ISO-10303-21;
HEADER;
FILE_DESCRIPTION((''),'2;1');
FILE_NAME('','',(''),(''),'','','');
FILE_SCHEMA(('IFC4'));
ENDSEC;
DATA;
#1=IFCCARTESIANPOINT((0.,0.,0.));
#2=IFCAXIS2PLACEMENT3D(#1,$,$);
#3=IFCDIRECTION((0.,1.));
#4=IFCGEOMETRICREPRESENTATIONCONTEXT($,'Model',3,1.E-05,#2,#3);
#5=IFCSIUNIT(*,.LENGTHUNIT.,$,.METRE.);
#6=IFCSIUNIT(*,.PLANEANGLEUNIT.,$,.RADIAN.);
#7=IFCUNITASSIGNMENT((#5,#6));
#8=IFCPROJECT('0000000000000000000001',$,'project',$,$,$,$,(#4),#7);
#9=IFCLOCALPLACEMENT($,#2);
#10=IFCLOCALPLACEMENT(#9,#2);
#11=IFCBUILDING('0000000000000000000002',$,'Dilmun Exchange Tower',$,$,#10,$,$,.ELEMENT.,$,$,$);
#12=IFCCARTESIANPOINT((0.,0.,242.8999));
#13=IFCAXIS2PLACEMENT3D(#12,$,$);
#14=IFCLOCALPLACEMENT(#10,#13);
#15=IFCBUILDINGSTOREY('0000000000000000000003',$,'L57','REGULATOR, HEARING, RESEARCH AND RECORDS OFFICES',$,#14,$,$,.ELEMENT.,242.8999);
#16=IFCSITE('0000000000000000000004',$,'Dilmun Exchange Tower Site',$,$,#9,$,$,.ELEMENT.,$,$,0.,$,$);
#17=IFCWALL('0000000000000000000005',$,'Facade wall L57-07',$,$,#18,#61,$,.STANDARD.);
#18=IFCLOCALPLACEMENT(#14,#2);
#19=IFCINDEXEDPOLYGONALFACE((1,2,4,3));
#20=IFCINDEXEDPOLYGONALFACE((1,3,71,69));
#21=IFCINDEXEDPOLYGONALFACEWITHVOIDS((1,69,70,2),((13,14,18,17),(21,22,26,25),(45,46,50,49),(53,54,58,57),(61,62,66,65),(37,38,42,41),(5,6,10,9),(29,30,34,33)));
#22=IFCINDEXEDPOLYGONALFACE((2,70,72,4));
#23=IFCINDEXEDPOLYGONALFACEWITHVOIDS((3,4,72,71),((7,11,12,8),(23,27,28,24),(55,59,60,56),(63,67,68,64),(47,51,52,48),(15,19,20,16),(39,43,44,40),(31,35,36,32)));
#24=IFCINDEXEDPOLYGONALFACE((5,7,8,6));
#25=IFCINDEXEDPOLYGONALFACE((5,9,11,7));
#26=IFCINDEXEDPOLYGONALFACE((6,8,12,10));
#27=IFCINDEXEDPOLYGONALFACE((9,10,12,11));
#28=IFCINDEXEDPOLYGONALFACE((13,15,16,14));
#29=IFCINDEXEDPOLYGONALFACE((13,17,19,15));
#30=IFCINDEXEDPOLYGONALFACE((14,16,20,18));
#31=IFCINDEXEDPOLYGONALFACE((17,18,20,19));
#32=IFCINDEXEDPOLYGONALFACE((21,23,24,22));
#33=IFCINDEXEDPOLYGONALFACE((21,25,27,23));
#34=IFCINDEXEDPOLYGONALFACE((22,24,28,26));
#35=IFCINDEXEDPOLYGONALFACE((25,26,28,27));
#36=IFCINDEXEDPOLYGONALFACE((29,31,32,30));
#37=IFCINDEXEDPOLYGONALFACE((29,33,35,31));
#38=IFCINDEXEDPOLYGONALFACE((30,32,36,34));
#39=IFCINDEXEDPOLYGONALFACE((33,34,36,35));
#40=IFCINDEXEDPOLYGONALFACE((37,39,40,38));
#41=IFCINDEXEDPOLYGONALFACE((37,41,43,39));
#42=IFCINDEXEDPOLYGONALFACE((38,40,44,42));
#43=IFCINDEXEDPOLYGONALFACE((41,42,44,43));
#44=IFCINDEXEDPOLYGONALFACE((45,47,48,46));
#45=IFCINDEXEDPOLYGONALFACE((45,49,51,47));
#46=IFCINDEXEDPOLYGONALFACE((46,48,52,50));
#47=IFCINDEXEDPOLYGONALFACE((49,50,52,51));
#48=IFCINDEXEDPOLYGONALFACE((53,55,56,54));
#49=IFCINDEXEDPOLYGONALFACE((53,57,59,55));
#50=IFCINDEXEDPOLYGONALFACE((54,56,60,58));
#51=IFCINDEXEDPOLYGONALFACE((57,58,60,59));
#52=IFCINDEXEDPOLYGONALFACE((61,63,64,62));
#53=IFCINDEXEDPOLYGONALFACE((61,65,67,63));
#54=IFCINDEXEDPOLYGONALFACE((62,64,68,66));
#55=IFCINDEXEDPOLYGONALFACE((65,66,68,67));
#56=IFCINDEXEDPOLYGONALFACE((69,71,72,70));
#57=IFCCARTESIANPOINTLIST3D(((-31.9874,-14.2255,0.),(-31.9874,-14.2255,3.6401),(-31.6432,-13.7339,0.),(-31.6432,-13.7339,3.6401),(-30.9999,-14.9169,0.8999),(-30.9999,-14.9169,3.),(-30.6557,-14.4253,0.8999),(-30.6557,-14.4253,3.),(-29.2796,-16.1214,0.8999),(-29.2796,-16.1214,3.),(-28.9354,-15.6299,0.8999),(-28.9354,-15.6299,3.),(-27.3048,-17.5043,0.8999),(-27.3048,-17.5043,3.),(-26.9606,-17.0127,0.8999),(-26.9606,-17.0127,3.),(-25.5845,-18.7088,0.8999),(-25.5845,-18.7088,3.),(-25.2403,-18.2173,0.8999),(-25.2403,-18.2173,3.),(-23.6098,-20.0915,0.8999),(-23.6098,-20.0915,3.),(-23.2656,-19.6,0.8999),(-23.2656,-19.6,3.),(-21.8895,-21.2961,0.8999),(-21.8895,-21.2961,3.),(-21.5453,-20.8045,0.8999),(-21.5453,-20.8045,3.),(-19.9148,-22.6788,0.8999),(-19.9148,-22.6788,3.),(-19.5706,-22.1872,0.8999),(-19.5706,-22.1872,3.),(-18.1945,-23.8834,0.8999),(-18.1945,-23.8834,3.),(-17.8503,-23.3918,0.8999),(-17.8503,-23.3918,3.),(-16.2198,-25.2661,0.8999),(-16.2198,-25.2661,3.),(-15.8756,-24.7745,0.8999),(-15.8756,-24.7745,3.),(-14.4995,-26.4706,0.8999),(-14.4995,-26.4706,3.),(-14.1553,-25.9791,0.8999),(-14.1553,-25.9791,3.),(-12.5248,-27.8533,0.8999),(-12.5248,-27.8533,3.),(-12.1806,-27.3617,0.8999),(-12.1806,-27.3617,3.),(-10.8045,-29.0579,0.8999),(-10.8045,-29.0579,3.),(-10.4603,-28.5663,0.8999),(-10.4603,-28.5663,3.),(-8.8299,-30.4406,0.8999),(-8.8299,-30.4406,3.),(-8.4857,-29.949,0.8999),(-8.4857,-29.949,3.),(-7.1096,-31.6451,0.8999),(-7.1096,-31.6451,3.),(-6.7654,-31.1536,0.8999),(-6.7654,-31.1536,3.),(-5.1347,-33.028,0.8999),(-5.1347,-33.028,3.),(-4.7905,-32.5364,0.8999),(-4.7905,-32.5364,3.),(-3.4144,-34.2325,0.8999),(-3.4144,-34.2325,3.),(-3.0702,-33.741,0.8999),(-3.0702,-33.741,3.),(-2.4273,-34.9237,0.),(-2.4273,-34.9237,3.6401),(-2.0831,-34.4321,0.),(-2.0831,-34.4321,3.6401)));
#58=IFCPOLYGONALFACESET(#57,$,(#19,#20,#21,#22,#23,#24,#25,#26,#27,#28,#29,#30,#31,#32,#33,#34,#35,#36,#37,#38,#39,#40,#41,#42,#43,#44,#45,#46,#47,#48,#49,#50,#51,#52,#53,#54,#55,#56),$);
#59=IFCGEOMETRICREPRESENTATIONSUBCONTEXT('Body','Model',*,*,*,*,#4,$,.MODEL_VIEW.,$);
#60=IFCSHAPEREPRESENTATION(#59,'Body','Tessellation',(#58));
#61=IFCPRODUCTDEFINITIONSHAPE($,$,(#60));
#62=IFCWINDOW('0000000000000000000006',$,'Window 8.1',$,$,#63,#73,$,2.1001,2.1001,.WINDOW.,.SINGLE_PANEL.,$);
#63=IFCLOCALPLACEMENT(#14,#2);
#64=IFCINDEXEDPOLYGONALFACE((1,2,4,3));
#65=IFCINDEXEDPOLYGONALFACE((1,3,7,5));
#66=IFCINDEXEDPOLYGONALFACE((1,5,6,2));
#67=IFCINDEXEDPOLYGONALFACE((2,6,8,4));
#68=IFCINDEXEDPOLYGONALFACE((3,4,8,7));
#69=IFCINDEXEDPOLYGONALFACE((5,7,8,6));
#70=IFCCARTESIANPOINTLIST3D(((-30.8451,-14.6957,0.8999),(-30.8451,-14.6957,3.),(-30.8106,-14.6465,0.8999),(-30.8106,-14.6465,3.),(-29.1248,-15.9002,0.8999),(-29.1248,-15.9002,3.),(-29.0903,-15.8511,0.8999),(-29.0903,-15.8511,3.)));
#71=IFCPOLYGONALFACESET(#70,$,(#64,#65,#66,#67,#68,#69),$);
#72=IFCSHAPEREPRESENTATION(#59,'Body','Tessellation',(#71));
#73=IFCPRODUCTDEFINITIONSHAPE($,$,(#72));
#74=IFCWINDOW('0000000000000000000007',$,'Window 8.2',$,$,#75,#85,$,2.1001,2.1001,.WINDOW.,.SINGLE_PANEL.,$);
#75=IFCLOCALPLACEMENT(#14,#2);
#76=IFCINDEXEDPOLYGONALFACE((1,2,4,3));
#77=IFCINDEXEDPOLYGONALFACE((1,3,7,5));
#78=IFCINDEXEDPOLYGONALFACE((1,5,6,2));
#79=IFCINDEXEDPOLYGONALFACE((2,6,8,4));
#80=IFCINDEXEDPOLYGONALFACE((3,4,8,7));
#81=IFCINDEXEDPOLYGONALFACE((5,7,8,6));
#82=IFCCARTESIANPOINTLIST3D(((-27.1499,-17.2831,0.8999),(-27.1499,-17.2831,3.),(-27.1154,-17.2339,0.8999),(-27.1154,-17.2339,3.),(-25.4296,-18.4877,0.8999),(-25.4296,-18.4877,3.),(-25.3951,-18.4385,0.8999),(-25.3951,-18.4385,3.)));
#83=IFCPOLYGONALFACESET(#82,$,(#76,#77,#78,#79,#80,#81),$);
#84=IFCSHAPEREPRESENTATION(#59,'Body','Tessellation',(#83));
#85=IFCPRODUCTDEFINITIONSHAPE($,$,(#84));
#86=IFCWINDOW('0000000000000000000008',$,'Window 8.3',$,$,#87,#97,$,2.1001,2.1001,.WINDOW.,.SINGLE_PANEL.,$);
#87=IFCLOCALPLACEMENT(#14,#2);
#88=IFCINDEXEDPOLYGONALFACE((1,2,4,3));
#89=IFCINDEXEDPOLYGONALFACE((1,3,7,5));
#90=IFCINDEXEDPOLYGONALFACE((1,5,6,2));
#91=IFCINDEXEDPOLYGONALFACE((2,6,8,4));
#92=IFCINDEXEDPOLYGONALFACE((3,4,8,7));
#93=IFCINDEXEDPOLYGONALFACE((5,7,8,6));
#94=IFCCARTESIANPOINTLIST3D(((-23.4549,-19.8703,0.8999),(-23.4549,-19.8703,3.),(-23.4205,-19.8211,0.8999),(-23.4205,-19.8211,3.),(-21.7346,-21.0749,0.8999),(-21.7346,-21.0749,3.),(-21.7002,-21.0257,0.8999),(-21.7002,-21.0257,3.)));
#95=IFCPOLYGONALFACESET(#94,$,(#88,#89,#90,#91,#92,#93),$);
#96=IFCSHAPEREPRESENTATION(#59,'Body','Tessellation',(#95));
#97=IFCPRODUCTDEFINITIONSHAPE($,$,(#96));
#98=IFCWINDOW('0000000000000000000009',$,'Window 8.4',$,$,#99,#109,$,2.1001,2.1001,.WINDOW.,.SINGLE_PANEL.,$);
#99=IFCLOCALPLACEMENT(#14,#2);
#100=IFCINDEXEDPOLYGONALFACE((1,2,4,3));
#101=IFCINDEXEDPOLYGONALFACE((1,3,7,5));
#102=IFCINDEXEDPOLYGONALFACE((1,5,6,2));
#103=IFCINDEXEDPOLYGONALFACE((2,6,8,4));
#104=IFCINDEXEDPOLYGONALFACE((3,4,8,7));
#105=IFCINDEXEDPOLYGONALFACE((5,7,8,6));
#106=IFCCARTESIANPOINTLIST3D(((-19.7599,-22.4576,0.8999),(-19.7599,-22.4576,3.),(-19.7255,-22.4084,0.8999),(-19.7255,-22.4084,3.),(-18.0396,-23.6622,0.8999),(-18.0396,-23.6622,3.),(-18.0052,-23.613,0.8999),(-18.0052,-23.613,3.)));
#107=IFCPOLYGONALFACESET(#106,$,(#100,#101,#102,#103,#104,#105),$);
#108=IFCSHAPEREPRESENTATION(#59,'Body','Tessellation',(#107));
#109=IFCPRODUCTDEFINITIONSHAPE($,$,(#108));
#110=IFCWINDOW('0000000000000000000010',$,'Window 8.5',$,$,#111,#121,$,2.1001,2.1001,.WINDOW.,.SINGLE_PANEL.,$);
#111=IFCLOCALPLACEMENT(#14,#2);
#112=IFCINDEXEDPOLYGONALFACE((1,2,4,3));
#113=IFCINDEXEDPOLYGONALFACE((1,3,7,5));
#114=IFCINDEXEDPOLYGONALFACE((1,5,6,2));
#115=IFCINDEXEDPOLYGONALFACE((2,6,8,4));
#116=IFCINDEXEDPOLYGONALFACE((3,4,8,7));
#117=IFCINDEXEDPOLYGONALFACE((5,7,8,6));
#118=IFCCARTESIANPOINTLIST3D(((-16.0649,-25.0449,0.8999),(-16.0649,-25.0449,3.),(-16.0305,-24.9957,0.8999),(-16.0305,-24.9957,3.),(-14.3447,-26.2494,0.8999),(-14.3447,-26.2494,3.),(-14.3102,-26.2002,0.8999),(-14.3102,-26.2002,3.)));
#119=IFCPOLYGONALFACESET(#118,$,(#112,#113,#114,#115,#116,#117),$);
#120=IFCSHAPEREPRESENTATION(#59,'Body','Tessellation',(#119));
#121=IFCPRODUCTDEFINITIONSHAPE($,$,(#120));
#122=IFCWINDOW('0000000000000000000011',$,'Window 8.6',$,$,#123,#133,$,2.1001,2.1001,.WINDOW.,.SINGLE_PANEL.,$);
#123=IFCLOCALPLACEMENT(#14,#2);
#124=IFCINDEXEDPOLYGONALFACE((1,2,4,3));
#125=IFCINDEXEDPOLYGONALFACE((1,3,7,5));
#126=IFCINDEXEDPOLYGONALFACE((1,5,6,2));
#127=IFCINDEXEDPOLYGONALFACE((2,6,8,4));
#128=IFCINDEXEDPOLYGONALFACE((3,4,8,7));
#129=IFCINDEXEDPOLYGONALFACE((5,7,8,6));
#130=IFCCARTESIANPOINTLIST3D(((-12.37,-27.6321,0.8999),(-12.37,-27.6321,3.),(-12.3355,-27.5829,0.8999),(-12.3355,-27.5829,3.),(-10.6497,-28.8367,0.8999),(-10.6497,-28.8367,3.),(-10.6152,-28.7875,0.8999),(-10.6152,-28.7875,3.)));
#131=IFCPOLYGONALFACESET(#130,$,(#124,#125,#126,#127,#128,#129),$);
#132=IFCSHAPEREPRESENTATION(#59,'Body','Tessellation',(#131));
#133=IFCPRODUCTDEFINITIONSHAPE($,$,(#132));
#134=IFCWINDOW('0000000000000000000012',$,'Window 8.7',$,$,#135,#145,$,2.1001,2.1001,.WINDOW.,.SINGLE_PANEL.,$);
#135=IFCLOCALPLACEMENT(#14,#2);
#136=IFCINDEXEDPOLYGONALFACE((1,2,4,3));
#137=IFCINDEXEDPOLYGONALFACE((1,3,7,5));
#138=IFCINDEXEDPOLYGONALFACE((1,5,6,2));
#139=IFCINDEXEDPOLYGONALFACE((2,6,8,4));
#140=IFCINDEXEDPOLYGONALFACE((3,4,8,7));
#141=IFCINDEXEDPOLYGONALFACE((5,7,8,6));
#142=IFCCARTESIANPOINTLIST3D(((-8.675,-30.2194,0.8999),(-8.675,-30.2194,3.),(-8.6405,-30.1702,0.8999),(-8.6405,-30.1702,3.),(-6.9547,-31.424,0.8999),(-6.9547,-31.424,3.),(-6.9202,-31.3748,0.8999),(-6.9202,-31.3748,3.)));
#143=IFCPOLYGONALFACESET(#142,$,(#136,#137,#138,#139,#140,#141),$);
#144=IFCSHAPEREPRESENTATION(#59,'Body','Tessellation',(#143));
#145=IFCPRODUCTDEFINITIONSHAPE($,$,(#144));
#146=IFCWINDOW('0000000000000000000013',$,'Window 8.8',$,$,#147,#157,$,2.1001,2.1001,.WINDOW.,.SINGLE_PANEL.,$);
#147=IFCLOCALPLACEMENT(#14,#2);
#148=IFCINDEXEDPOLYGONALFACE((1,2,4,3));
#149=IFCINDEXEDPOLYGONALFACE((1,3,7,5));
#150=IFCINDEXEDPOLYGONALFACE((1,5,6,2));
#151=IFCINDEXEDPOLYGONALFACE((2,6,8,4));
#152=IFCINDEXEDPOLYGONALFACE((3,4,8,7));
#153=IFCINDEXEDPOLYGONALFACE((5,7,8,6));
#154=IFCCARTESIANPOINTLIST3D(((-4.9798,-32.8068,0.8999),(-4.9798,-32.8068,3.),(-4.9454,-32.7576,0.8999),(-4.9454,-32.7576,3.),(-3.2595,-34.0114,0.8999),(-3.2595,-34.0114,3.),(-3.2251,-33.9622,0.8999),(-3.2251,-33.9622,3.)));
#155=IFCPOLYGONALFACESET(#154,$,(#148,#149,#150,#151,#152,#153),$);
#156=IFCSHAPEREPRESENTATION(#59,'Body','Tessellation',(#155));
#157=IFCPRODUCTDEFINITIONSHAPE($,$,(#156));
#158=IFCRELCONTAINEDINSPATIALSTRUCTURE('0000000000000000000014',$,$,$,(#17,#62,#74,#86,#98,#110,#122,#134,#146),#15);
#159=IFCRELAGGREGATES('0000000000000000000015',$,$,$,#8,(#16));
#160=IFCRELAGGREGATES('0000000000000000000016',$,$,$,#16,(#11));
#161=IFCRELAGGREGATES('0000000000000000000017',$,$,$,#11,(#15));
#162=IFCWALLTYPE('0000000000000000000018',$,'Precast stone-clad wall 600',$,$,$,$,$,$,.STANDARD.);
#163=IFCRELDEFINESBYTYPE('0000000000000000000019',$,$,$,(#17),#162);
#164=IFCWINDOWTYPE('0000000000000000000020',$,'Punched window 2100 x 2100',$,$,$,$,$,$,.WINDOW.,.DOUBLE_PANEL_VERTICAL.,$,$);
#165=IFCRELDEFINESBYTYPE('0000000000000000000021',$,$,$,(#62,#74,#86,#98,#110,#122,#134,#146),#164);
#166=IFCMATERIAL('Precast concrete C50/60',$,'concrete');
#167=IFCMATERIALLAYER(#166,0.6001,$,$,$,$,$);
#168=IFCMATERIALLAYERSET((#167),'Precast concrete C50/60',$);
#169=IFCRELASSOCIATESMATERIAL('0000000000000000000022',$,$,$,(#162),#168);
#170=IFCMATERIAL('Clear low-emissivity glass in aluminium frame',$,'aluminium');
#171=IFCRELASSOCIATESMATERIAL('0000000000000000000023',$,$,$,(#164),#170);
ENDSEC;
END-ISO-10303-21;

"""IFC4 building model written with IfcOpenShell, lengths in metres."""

from ifc_helpers import new_model, si_unit, direction, frame, frame_2d, origin, place, context, subcontext, project, spatial, rectangle, extrude, material, layer, layer_set, type_object, element, fill, save


model = new_model("IFC4")

# Units and contexts
model_context = context("Model", 3, precision=1e-05, world=origin(), true_north=direction((0.0, 1.0)))
body_context = subcontext(model_context, "Body", "Model", "MODEL_VIEW")
ifc_project = project(units=[si_unit("LENGTHUNIT", "METRE"), si_unit("PLANEANGLEUNIT", "RADIAN")], contexts=[model_context])

# Site, building, storey
site_placement = place(None, origin())
site = spatial("IfcSite", under=ifc_project, at=site_placement, Name="Dilmun Exchange Tower Site", CompositionType="ELEMENT", RefElevation=0.0)
building_placement = place(site_placement, origin())
building = spatial("IfcBuilding", under=site, at=building_placement, Name="Dilmun Exchange Tower", CompositionType="ELEMENT")
storey_placement = place(building_placement, frame((0.0, 0.0, 242.8999)))
storey = spatial("IfcBuildingStorey", under=building, at=storey_placement, Name="L57", Description="REGULATOR, HEARING, RESEARCH AND RECORDS OFFICES", CompositionType="ELEMENT", Elevation=242.8999)

# Shared definitions
ifc_material_1 = material(Name="Precast concrete C50/60", Category="concrete")
ifc_layer_1 = layer(ifc_material_1, 0.6001)
ifc_layer_set_1 = layer_set([ifc_layer_1], Name="Precast concrete C50/60")
wall_type_1 = type_object("IfcWallType", Name="Precast stone-clad wall 600", PredefinedType="STANDARD", material=ifc_layer_set_1)
ifc_material_2 = material(Name="Clear low-emissivity glass in aluminium frame", Category="aluminium")

# Wall, openings, windows
wall_1_placement = place(storey_placement, frame((-31.8152, -13.9797, 0.0), z_axis=(0.0, 0.0, 1.0), x_axis=(0.819151, -0.573578, 0.0)))
wall_1 = element("IfcWall", 1, at=wall_1_placement, inside=storey, type_object=wall_type_1, Name="Facade wall L57-07", PredefinedType="STANDARD", context=body_context, shape_type="SweptSolid", body=[
    extrude(rectangle(XDim=36.0862, YDim=0.6001, at=frame_2d((18.043, 0.0))), origin(), (0.0, 0.0, 1.0), 3.6401),
])
opening_1_placement = place(wall_1_placement, frame((1.2053, 0.0, 0.8999)))
opening_1 = element("IfcOpeningElement", 2, at=opening_1_placement, cuts=wall_1, PredefinedType="OPENING", context=body_context, shape_type="SweptSolid", body=[
    extrude(rectangle(XDim=2.1001, YDim=2.1001, at=frame_2d((1.05, 1.05))), frame((0.0, 0.3101, 0.0), z_axis=(0.0, -1.0, 0.0), x_axis=(1.0, 0.0, 0.0)), (0.0, 0.0, 1.0), 0.6201),
])
opening_2_placement = place(wall_1_placement, frame((5.7163, 0.0, 0.8999)))
opening_2 = element("IfcOpeningElement", 3, at=opening_2_placement, cuts=wall_1, PredefinedType="OPENING", context=body_context, shape_type="SweptSolid", body=[
    extrude(rectangle(XDim=2.1001, YDim=2.1001, at=frame_2d((1.05, 1.05))), frame((0.0, 0.3101, 0.0), z_axis=(0.0, -1.0, 0.0), x_axis=(1.0, 0.0, 0.0)), (0.0, 0.0, 1.0), 0.6201),
])
opening_3_placement = place(wall_1_placement, frame((10.2271, 0.0, 0.8999)))
opening_3 = element("IfcOpeningElement", 4, at=opening_3_placement, cuts=wall_1, PredefinedType="OPENING", context=body_context, shape_type="SweptSolid", body=[
    extrude(rectangle(XDim=2.1001, YDim=2.1001, at=frame_2d((1.05, 1.05))), frame((0.0, 0.3101, 0.0), z_axis=(0.0, -1.0, 0.0), x_axis=(1.0, 0.0, 0.0)), (0.0, 0.0, 1.0), 0.6201),
])
opening_4_placement = place(wall_1_placement, frame((14.7378, 0.0, 0.8999)))
opening_4 = element("IfcOpeningElement", 5, at=opening_4_placement, cuts=wall_1, PredefinedType="OPENING", context=body_context, shape_type="SweptSolid", body=[
    extrude(rectangle(XDim=2.1001, YDim=2.1001, at=frame_2d((1.05, 1.05))), frame((0.0, 0.3101, 0.0), z_axis=(0.0, -1.0, 0.0), x_axis=(1.0, 0.0, 0.0)), (0.0, 0.0, 1.0), 0.6201),
])
opening_5_placement = place(wall_1_placement, frame((19.2485, 0.0, 0.8999)))
opening_5 = element("IfcOpeningElement", 6, at=opening_5_placement, cuts=wall_1, PredefinedType="OPENING", context=body_context, shape_type="SweptSolid", body=[
    extrude(rectangle(XDim=2.1001, YDim=2.1001, at=frame_2d((1.05, 1.05))), frame((0.0, 0.3101, 0.0), z_axis=(0.0, -1.0, 0.0), x_axis=(1.0, 0.0, 0.0)), (0.0, 0.0, 1.0), 0.6201),
])
opening_6_placement = place(wall_1_placement, frame((23.7593, 0.0, 0.8999)))
opening_6 = element("IfcOpeningElement", 7, at=opening_6_placement, cuts=wall_1, PredefinedType="OPENING", context=body_context, shape_type="SweptSolid", body=[
    extrude(rectangle(XDim=2.1001, YDim=2.1001, at=frame_2d((1.05, 1.05))), frame((0.0, 0.3101, 0.0), z_axis=(0.0, -1.0, 0.0), x_axis=(1.0, 0.0, 0.0)), (0.0, 0.0, 1.0), 0.6201),
])
opening_7_placement = place(wall_1_placement, frame((28.27, 0.0, 0.8999)))
opening_7 = element("IfcOpeningElement", 8, at=opening_7_placement, cuts=wall_1, PredefinedType="OPENING", context=body_context, shape_type="SweptSolid", body=[
    extrude(rectangle(XDim=2.1001, YDim=2.1001, at=frame_2d((1.05, 1.05))), frame((0.0, 0.3101, 0.0), z_axis=(0.0, -1.0, 0.0), x_axis=(1.0, 0.0, 0.0)), (0.0, 0.0, 1.0), 0.6201),
])
opening_8_placement = place(wall_1_placement, frame((32.781, 0.0, 0.8999)))
opening_8 = element("IfcOpeningElement", 9, at=opening_8_placement, cuts=wall_1, PredefinedType="OPENING", context=body_context, shape_type="SweptSolid", body=[
    extrude(rectangle(XDim=2.1001, YDim=2.1001, at=frame_2d((1.05, 1.05))), frame((0.0, 0.3101, 0.0), z_axis=(0.0, -1.0, 0.0), x_axis=(1.0, 0.0, 0.0)), (0.0, 0.0, 1.0), 0.6201),
])
window_type_1 = type_object("IfcWindowType", Name="Punched window 2100 x 2100", PartitioningType="DOUBLE_PANEL_VERTICAL", PredefinedType="WINDOW", material=ifc_material_2)
window_1_placement = place(opening_1_placement, origin())
window_1 = element("IfcWindow", 10, at=window_1_placement, inside=storey, type_object=window_type_1, Name="Window 8.1", OverallHeight=2.1001, OverallWidth=2.1001, PartitioningType="SINGLE_PANEL", PredefinedType="WINDOW", context=body_context, shape_type="SweptSolid", body=[
    extrude(rectangle(XDim=2.1001, YDim=2.1001, at=frame_2d((1.05, 1.05))), frame((0.0, 0.03, 0.0), z_axis=(0.0, -1.0, 0.0), x_axis=(1.0, 0.0, 0.0)), (0.0, 0.0, 1.0), 0.0601),
])
fill(opening_1, window_1)
window_2_placement = place(opening_2_placement, origin())
window_2 = element("IfcWindow", 11, at=window_2_placement, inside=storey, type_object=window_type_1, Name="Window 8.2", OverallHeight=2.1001, OverallWidth=2.1001, PartitioningType="SINGLE_PANEL", PredefinedType="WINDOW", context=body_context, shape_type="SweptSolid", body=[
    extrude(rectangle(XDim=2.1001, YDim=2.1001, at=frame_2d((1.05, 1.05))), frame((0.0, 0.03, 0.0), z_axis=(0.0, -1.0, 0.0), x_axis=(1.0, 0.0, 0.0)), (0.0, 0.0, 1.0), 0.0601),
])
fill(opening_2, window_2)
window_3_placement = place(opening_3_placement, origin())
window_3 = element("IfcWindow", 12, at=window_3_placement, inside=storey, type_object=window_type_1, Name="Window 8.3", OverallHeight=2.1001, OverallWidth=2.1001, PartitioningType="SINGLE_PANEL", PredefinedType="WINDOW", context=body_context, shape_type="SweptSolid", body=[
    extrude(rectangle(XDim=2.1001, YDim=2.1001, at=frame_2d((1.05, 1.05))), frame((0.0, 0.03, 0.0), z_axis=(0.0, -1.0, 0.0), x_axis=(1.0, 0.0, 0.0)), (0.0, 0.0, 1.0), 0.0601),
])
fill(opening_3, window_3)
window_4_placement = place(opening_4_placement, origin())
window_4 = element("IfcWindow", 13, at=window_4_placement, inside=storey, type_object=window_type_1, Name="Window 8.4", OverallHeight=2.1001, OverallWidth=2.1001, PartitioningType="SINGLE_PANEL", PredefinedType="WINDOW", context=body_context, shape_type="SweptSolid", body=[
    extrude(rectangle(XDim=2.1001, YDim=2.1001, at=frame_2d((1.05, 1.05))), frame((0.0, 0.03, 0.0), z_axis=(0.0, -1.0, 0.0), x_axis=(1.0, 0.0, 0.0)), (0.0, 0.0, 1.0), 0.0601),
])
fill(opening_4, window_4)
window_5_placement = place(opening_5_placement, origin())
window_5 = element("IfcWindow", 14, at=window_5_placement, inside=storey, type_object=window_type_1, Name="Window 8.5", OverallHeight=2.1001, OverallWidth=2.1001, PartitioningType="SINGLE_PANEL", PredefinedType="WINDOW", context=body_context, shape_type="SweptSolid", body=[
    extrude(rectangle(XDim=2.1001, YDim=2.1001, at=frame_2d((1.05, 1.05))), frame((0.0, 0.03, 0.0), z_axis=(0.0, -1.0, 0.0), x_axis=(1.0, 0.0, 0.0)), (0.0, 0.0, 1.0), 0.0601),
])
fill(opening_5, window_5)
window_6_placement = place(opening_6_placement, origin())
window_6 = element("IfcWindow", 15, at=window_6_placement, inside=storey, type_object=window_type_1, Name="Window 8.6", OverallHeight=2.1001, OverallWidth=2.1001, PartitioningType="SINGLE_PANEL", PredefinedType="WINDOW", context=body_context, shape_type="SweptSolid", body=[
    extrude(rectangle(XDim=2.1001, YDim=2.1001, at=frame_2d((1.05, 1.05))), frame((0.0, 0.03, 0.0), z_axis=(0.0, -1.0, 0.0), x_axis=(1.0, 0.0, 0.0)), (0.0, 0.0, 1.0), 0.0601),
])
fill(opening_6, window_6)
window_7_placement = place(opening_7_placement, origin())
window_7 = element("IfcWindow", 16, at=window_7_placement, inside=storey, type_object=window_type_1, Name="Window 8.7", OverallHeight=2.1001, OverallWidth=2.1001, PartitioningType="SINGLE_PANEL", PredefinedType="WINDOW", context=body_context, shape_type="SweptSolid", body=[
    extrude(rectangle(XDim=2.1001, YDim=2.1001, at=frame_2d((1.05, 1.05))), frame((0.0, 0.03, 0.0), z_axis=(0.0, -1.0, 0.0), x_axis=(1.0, 0.0, 0.0)), (0.0, 0.0, 1.0), 0.0601),
])
fill(opening_7, window_7)
window_8_placement = place(opening_8_placement, origin())
window_8 = element("IfcWindow", 17, at=window_8_placement, inside=storey, type_object=window_type_1, Name="Window 8.8", OverallHeight=2.1001, OverallWidth=2.1001, PartitioningType="SINGLE_PANEL", PredefinedType="WINDOW", context=body_context, shape_type="SweptSolid", body=[
    extrude(rectangle(XDim=2.1001, YDim=2.1001, at=frame_2d((1.05, 1.05))), frame((0.0, 0.03, 0.0), z_axis=(0.0, -1.0, 0.0), x_axis=(1.0, 0.0, 0.0)), (0.0, 0.0, 1.0), 0.0601),
])
fill(opening_8, window_8)

save(model, "model.ifc")
